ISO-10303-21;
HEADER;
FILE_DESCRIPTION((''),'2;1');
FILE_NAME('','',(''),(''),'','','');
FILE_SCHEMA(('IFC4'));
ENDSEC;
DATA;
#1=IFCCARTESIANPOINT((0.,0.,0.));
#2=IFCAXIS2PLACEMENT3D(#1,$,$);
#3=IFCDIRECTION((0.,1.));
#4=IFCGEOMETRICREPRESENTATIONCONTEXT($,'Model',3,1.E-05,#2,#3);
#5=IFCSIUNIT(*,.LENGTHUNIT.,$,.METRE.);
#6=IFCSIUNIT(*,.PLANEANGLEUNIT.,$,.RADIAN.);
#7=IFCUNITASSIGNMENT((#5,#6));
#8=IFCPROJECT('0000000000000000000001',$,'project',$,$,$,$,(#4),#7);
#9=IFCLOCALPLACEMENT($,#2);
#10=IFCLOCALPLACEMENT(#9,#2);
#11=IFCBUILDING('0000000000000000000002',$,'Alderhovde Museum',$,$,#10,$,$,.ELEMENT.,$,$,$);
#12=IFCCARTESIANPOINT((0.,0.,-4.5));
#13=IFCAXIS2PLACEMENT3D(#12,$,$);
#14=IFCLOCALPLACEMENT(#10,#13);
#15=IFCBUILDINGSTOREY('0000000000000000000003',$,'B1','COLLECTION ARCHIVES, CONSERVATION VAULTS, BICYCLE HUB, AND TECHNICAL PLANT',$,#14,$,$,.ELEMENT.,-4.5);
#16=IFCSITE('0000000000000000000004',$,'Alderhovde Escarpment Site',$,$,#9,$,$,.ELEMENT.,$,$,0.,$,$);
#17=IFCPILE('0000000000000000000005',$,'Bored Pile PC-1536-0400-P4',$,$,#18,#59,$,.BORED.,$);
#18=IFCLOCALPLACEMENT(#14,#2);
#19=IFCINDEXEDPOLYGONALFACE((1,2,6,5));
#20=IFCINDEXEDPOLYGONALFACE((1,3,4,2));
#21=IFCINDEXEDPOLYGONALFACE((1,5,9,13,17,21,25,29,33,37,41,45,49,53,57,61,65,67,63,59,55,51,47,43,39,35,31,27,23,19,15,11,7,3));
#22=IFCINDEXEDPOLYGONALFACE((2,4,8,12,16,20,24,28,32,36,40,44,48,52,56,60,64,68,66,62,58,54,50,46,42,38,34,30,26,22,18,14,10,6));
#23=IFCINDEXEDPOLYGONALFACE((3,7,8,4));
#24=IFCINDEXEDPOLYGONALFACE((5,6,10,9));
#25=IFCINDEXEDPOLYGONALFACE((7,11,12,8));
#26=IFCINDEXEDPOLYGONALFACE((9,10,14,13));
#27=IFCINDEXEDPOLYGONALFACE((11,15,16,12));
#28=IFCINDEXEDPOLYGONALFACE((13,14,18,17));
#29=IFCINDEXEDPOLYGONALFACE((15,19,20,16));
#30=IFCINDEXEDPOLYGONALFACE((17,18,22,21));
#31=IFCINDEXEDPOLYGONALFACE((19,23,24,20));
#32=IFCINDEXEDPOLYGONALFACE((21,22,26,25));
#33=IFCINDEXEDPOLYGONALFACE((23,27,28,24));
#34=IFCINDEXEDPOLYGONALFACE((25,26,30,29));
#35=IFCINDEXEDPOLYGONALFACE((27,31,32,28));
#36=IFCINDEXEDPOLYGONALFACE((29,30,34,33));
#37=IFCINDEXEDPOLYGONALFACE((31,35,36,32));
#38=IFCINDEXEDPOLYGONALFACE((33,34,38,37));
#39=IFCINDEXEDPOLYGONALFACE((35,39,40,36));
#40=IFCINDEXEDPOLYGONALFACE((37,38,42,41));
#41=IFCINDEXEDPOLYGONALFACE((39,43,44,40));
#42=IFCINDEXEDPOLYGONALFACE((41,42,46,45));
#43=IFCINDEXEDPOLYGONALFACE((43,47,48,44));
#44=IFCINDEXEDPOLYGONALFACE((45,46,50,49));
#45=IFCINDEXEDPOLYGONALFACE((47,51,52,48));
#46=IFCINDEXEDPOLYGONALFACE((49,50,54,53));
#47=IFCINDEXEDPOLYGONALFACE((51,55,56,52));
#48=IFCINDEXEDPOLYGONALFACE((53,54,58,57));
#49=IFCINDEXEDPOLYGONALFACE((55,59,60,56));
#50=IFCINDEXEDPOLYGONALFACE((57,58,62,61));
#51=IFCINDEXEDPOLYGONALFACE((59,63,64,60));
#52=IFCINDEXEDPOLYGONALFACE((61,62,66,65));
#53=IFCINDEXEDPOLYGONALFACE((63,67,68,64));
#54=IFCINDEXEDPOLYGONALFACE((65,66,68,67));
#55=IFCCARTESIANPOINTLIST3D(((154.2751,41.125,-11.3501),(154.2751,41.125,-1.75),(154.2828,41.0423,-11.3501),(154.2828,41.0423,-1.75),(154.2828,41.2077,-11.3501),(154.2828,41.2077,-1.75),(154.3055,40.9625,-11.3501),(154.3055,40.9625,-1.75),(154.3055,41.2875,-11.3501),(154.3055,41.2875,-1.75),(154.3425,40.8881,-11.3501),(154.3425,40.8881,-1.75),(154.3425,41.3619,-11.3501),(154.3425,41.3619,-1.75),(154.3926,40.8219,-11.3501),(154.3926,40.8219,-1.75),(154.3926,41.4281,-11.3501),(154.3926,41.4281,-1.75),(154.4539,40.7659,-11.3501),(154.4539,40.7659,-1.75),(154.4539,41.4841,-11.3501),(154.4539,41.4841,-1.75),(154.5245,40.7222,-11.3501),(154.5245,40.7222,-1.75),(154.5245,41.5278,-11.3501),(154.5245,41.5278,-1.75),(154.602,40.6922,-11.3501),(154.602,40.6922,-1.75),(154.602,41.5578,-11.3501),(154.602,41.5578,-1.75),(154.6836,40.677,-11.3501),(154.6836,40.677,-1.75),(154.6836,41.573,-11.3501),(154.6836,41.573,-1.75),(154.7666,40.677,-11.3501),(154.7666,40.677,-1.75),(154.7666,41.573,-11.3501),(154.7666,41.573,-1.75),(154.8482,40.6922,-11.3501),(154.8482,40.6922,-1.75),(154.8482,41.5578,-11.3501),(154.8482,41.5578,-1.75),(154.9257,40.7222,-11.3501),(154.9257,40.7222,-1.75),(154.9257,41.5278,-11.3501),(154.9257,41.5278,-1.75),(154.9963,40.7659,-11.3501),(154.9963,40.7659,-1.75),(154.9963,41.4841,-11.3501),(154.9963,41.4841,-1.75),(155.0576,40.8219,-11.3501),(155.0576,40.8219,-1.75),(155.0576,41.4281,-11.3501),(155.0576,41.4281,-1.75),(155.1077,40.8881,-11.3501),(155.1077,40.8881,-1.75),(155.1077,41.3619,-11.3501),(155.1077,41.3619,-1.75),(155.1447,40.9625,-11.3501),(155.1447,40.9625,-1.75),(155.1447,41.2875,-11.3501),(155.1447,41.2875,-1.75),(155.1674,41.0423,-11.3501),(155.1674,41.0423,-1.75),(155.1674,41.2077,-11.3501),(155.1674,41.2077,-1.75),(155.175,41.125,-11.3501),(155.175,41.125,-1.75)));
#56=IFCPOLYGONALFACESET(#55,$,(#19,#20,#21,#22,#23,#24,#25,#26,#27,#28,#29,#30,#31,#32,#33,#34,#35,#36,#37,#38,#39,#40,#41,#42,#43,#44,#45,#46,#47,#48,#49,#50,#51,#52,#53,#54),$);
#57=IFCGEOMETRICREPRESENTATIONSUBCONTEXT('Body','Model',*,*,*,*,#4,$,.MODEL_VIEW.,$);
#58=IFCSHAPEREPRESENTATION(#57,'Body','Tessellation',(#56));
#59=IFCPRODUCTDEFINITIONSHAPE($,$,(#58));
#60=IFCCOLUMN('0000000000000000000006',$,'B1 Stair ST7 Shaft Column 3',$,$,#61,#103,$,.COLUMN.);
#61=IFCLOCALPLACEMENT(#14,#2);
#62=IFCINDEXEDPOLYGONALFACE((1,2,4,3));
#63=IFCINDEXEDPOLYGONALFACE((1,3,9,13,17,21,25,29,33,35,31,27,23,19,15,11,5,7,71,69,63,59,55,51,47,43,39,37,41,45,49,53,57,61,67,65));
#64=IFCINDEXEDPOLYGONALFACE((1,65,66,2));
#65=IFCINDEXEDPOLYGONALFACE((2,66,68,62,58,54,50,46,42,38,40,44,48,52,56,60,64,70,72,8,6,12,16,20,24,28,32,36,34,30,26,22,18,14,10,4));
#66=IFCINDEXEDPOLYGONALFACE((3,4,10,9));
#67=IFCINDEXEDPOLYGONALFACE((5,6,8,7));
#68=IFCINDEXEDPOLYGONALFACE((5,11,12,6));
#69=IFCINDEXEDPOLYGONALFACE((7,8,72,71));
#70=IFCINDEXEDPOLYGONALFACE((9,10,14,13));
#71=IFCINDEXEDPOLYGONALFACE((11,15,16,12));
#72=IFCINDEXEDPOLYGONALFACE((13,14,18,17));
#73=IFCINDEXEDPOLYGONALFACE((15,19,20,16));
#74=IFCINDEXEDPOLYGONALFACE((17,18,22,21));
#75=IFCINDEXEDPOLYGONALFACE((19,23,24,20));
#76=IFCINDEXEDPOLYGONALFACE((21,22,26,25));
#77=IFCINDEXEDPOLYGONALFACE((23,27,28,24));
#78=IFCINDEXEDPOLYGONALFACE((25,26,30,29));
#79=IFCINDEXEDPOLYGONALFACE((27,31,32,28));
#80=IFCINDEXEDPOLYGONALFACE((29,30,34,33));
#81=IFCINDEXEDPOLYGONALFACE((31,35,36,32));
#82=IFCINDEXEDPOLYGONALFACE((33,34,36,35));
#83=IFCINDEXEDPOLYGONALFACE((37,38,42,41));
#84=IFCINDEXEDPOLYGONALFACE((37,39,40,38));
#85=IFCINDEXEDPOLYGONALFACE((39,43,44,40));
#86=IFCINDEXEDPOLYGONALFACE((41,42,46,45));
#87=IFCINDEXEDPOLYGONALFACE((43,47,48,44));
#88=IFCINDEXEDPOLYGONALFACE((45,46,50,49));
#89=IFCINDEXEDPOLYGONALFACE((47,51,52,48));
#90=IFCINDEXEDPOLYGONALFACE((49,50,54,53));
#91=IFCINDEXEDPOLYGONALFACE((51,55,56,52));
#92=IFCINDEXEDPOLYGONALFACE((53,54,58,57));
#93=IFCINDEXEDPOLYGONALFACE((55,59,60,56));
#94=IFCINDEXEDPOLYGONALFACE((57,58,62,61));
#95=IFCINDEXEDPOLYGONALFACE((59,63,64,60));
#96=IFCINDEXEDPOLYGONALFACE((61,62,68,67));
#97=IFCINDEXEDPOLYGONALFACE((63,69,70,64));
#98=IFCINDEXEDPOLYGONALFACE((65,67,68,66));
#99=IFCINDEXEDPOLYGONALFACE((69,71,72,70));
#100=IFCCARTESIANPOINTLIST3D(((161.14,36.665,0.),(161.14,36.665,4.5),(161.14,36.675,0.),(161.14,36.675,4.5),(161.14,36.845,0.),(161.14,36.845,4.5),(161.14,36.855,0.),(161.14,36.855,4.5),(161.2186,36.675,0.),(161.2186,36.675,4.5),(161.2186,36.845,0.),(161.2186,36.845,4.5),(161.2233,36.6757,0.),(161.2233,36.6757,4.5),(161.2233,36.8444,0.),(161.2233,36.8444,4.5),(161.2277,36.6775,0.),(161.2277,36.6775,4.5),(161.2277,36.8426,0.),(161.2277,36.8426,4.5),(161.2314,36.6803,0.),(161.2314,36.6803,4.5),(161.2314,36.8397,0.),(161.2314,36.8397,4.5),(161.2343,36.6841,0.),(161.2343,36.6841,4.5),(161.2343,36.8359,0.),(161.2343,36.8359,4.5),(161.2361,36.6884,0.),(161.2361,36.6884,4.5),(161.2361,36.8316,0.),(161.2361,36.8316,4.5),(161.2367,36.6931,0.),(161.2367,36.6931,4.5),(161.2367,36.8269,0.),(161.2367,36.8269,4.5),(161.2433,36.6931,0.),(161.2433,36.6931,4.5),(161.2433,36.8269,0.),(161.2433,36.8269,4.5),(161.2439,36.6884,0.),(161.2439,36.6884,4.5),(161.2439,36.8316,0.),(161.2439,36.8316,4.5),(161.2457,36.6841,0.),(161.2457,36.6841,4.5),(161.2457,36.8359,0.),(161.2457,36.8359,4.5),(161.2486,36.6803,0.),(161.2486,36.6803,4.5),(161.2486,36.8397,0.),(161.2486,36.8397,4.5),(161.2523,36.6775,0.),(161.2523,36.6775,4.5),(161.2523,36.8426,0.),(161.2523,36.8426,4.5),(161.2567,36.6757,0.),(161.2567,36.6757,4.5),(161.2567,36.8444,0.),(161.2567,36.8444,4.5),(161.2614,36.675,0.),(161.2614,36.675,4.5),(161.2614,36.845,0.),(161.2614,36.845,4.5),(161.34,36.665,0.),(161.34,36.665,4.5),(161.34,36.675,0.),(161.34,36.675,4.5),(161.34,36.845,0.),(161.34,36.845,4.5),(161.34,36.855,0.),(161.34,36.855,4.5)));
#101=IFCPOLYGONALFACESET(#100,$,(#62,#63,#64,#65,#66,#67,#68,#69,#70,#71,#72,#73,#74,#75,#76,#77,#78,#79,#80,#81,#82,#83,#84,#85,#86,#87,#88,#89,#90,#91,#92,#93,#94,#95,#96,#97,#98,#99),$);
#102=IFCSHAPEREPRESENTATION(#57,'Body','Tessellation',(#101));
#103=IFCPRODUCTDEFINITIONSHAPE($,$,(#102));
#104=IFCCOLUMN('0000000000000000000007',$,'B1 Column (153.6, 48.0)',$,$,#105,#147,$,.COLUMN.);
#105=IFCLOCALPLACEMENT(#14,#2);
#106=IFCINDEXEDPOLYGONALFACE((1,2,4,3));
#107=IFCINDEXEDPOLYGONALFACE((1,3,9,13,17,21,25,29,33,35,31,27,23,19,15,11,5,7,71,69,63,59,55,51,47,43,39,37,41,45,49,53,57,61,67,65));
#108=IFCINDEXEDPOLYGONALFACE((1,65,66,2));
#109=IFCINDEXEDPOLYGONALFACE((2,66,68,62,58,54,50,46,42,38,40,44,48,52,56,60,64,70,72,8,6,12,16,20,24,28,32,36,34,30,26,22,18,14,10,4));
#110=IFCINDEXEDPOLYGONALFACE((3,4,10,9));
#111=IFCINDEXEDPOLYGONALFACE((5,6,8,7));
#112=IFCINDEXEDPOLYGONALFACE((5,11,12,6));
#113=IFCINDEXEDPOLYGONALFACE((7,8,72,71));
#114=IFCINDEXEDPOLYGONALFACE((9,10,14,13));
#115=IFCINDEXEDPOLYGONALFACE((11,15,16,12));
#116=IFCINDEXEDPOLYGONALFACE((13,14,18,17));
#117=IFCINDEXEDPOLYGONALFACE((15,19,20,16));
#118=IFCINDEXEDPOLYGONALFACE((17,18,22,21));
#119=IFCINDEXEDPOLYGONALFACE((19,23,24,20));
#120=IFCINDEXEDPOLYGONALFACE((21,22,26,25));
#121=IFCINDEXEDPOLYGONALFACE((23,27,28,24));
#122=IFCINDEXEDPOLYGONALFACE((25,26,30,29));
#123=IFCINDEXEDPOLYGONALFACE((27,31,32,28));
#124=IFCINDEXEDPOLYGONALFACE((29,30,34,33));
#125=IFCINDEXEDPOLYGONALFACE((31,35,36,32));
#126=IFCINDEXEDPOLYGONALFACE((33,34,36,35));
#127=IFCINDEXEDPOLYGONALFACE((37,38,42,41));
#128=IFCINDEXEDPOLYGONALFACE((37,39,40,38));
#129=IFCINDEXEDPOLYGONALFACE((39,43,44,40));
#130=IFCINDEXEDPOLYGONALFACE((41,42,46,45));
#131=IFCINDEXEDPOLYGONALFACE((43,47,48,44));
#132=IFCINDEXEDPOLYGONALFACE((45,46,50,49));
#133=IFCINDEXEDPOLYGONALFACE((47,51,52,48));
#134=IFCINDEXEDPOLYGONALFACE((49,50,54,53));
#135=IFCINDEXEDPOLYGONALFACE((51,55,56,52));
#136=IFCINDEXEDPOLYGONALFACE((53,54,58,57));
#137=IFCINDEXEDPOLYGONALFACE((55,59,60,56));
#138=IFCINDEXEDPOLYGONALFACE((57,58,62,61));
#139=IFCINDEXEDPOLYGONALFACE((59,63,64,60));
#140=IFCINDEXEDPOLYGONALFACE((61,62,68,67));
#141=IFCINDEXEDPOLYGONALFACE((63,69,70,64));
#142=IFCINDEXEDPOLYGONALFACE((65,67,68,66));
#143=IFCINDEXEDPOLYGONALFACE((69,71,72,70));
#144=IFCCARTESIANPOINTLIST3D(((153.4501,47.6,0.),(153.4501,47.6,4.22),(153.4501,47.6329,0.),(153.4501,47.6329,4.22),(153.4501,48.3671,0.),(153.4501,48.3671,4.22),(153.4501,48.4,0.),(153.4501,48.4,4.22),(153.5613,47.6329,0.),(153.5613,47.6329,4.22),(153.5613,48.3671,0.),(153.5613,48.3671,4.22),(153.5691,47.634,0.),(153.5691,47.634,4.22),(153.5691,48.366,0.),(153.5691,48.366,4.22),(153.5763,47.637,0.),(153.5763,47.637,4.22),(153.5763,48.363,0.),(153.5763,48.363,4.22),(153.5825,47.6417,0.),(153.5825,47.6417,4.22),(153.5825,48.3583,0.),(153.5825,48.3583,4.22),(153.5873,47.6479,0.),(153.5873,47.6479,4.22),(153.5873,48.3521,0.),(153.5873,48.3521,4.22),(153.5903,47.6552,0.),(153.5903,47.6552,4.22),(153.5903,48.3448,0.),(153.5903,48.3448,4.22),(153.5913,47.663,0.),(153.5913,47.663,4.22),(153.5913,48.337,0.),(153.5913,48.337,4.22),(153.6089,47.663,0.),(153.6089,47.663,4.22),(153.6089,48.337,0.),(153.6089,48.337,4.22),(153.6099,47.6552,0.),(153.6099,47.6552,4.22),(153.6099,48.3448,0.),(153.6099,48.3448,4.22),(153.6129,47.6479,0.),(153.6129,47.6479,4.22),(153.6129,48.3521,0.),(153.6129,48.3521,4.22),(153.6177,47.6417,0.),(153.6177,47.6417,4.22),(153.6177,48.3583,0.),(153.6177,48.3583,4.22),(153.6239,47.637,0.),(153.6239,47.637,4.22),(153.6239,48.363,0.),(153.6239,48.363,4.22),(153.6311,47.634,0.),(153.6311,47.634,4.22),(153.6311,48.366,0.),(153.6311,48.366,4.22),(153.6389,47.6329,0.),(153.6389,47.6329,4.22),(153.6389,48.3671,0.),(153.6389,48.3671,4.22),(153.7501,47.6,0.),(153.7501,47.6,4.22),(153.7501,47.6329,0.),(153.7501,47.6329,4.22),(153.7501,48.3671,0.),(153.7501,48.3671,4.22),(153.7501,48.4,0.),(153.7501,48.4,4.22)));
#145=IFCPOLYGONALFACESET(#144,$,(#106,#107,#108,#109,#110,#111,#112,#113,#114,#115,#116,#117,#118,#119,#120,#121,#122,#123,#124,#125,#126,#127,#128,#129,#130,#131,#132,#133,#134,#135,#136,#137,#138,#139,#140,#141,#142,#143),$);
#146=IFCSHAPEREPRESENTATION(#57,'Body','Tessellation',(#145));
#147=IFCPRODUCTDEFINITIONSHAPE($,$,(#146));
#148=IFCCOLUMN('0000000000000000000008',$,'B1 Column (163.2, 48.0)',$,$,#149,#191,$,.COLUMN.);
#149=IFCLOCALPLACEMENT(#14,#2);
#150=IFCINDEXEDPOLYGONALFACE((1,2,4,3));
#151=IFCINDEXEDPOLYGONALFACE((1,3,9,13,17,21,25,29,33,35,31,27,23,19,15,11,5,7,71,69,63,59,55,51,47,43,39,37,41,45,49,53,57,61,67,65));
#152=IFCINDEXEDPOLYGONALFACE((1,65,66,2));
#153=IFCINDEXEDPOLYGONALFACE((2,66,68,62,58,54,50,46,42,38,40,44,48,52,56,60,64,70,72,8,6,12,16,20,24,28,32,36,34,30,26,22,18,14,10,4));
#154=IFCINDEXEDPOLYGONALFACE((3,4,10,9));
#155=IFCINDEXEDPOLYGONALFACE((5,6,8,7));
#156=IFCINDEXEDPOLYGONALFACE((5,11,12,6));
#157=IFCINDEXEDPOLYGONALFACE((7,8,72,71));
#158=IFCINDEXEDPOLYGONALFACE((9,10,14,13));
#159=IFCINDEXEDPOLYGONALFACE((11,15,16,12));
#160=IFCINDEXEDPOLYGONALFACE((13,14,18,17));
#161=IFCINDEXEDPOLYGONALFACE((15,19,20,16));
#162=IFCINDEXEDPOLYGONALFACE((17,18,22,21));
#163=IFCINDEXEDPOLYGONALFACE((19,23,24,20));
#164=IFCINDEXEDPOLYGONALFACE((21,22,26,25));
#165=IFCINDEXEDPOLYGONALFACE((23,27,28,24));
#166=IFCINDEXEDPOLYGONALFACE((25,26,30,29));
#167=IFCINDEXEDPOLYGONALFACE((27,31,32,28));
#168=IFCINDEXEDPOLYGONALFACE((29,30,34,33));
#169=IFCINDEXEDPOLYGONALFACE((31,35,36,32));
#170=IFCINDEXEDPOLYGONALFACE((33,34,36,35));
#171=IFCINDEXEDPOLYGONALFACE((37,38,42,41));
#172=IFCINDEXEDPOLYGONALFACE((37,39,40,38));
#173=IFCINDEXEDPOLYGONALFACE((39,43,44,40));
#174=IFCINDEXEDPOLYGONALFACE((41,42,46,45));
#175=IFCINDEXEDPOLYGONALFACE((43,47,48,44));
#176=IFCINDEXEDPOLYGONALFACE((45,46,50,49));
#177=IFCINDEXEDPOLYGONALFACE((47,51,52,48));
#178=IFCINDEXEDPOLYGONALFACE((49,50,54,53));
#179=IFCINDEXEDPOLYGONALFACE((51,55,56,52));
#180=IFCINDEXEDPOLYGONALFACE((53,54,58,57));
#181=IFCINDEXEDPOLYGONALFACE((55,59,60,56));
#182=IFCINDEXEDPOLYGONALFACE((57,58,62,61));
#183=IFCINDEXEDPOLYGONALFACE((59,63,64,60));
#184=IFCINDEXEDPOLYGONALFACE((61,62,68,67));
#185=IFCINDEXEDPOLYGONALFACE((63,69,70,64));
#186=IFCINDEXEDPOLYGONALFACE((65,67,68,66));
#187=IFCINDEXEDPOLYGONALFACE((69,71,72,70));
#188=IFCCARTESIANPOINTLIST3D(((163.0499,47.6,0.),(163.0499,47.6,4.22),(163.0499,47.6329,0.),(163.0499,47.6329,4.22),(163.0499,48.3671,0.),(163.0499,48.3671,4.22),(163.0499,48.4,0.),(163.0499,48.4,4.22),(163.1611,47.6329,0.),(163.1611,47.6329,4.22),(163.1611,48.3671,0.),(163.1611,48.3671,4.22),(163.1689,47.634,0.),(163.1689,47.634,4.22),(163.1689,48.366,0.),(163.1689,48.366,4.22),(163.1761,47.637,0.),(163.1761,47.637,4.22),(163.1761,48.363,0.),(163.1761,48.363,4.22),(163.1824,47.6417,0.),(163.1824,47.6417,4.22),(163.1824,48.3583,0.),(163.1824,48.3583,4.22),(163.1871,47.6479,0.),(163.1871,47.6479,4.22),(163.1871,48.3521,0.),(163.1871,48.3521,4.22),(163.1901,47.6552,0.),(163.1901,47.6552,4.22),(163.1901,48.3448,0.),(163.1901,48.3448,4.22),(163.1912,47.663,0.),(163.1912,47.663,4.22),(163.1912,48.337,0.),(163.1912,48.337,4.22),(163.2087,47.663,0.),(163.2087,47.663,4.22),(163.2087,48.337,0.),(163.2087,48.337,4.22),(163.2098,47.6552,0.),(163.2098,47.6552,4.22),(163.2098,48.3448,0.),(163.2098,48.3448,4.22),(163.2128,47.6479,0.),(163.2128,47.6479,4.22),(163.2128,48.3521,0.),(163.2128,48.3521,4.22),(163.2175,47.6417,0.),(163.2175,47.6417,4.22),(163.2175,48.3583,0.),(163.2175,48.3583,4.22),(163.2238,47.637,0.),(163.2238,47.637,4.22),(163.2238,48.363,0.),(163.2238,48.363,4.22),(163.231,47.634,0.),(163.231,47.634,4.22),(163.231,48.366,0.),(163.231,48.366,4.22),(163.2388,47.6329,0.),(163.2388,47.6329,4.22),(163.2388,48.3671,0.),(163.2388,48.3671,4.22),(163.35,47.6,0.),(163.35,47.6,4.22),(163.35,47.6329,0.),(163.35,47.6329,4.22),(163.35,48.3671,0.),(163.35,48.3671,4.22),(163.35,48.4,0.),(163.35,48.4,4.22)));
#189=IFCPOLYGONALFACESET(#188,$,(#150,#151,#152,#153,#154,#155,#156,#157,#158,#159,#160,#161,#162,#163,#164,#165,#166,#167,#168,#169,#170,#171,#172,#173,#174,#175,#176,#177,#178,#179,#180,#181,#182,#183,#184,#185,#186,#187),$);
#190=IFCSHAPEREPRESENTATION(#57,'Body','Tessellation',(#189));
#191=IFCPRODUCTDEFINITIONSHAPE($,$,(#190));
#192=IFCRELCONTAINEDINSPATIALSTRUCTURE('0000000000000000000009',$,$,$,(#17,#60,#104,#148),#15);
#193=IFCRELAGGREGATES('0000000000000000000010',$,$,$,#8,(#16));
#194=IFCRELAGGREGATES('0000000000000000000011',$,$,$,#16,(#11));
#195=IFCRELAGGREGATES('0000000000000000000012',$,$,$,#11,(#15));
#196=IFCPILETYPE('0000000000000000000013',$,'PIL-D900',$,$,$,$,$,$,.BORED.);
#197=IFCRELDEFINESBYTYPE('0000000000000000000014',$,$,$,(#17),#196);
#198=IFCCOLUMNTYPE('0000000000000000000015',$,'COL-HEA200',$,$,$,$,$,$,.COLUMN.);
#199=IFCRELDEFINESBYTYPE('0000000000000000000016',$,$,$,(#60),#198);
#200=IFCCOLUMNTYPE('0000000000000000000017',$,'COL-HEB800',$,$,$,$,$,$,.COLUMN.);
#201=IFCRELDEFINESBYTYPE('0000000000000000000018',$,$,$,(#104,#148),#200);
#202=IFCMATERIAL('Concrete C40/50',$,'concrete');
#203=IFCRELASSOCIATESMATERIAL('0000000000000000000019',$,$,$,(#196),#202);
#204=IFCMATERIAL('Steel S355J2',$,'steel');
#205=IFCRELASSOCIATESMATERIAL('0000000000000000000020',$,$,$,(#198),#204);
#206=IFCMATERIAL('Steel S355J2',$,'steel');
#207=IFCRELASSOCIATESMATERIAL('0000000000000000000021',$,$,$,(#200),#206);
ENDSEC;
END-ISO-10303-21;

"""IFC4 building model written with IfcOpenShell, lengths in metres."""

from ifc_helpers import new_model, si_unit, direction, frame, origin, origin_2d, place, context, subcontext, project, spatial, circle, i_section, extrude, material, material_profile, profile_set, type_object, element, save


model = new_model("IFC4")

# Units and contexts
model_context = context("Model", 3, precision=1e-05, world=origin(), true_north=direction((0.0, 1.0)))
body_context = subcontext(model_context, "Body", "Model", "MODEL_VIEW")
ifc_project = project(units=[si_unit("LENGTHUNIT", "METRE"), si_unit("PLANEANGLEUNIT", "RADIAN")], contexts=[model_context])

# Site, building, storey
site_placement = place(None, origin())
site = spatial("IfcSite", under=ifc_project, at=site_placement, Name="Alderhovde Escarpment Site", CompositionType="ELEMENT", RefElevation=0.0)
building_placement = place(site_placement, origin())
building = spatial("IfcBuilding", under=site, at=building_placement, Name="Alderhovde Museum", CompositionType="ELEMENT")
storey_placement = place(building_placement, frame((0.0, 0.0, -4.5)))
storey = spatial("IfcBuildingStorey", under=building, at=storey_placement, Name="B1", Description="COLLECTION ARCHIVES, CONSERVATION VAULTS, BICYCLE HUB, AND TECHNICAL PLANT", CompositionType="ELEMENT", Elevation=-4.5)

# Pile
ifc_material_1 = material(Name="Concrete C40/50", Category="concrete")
ifc_material_profile_1 = material_profile(ifc_material_1, circle(Radius=0.45, at=origin_2d()), Name="PILE-D900")
ifc_profile_set_1 = profile_set([ifc_material_profile_1], Name="Concrete C40/50")
pile_type_1 = type_object("IfcPileType", Name="PIL-D900", PredefinedType="BORED", material=ifc_profile_set_1)
for number, where, z_axis, x_axis, name in (
    (1, (154.7251, 41.125, -1.75), (0.0, 0.0, -1.0), (1.0, 0.0, 0.0), "Bored Pile PC-1536-0400-P4"),
):
    element("IfcPile", number, at=place(storey_placement, frame(where, z_axis=z_axis, x_axis=x_axis)), inside=storey, type_object=pile_type_1, Name=name, PredefinedType="BORED", context=body_context, shape_type="SweptSolid", body=[
        extrude(circle(Radius=0.45, at=origin_2d()), origin(), (0.0, 0.0, 1.0), 9.6001),
    ])

# Columns
ifc_material_2 = material(Name="Steel S355J2", Category="steel")
ifc_material_profile_2 = material_profile(ifc_material_2, i_section(OverallWidth=0.2, OverallDepth=0.1899, WebThickness=0.0066, FlangeThickness=0.01, FilletRadius=0.0181, at=origin_2d()), Name="HEA 200")
ifc_profile_set_2 = profile_set([ifc_material_profile_2], Name="Steel S355J2")
column_type_1 = type_object("IfcColumnType", Name="COL-HEA200", PredefinedType="COLUMN", material=ifc_profile_set_2)
column_placement = place(storey_placement, frame((161.24, 36.76, 0.0), z_axis=(0.0, 0.0, 1.0), x_axis=(1.0, 0.0, 0.0)))
element("IfcColumn", 2, at=column_placement, inside=storey, type_object=column_type_1, Name="B1 Stair ST7 Shaft Column 3", PredefinedType="COLUMN", context=body_context, shape_type="SweptSolid", body=[
    extrude(i_section(OverallWidth=0.2, OverallDepth=0.1899, WebThickness=0.0066, FlangeThickness=0.01, FilletRadius=0.0181, at=origin_2d()), origin(), (0.0, 0.0, 1.0), 4.5),
])
ifc_material_3 = material(Name="Steel S355J2", Category="steel")
ifc_material_profile_3 = material_profile(ifc_material_3, i_section(OverallWidth=0.3, OverallDepth=0.8, WebThickness=0.0176, FlangeThickness=0.033, FilletRadius=0.03, at=origin_2d()), Name="HEB 800")
ifc_profile_set_3 = profile_set([ifc_material_profile_3], Name="Steel S355J2")
column_type_2 = type_object("IfcColumnType", Name="COL-HEB800", PredefinedType="COLUMN", material=ifc_profile_set_3)
for number, where, z_axis, x_axis, name in (
    (3, (153.6001, 48.0, 0.0), (0.0, 0.0, 1.0), (1.0, 0.0, 0.0), "B1 Column (153.6, 48.0)"),
    (4, (163.2, 48.0, 0.0), (0.0, 0.0, 1.0), (1.0, 0.0, 0.0), "B1 Column (163.2, 48.0)"),
):
    element("IfcColumn", number, at=place(storey_placement, frame(where, z_axis=z_axis, x_axis=x_axis)), inside=storey, type_object=column_type_2, Name=name, PredefinedType="COLUMN", context=body_context, shape_type="SweptSolid", body=[
        extrude(i_section(OverallWidth=0.3, OverallDepth=0.8, WebThickness=0.0176, FlangeThickness=0.033, FilletRadius=0.03, at=origin_2d()), origin(), (0.0, 0.0, 1.0), 4.22),
    ])

save(model, "model.ifc")
